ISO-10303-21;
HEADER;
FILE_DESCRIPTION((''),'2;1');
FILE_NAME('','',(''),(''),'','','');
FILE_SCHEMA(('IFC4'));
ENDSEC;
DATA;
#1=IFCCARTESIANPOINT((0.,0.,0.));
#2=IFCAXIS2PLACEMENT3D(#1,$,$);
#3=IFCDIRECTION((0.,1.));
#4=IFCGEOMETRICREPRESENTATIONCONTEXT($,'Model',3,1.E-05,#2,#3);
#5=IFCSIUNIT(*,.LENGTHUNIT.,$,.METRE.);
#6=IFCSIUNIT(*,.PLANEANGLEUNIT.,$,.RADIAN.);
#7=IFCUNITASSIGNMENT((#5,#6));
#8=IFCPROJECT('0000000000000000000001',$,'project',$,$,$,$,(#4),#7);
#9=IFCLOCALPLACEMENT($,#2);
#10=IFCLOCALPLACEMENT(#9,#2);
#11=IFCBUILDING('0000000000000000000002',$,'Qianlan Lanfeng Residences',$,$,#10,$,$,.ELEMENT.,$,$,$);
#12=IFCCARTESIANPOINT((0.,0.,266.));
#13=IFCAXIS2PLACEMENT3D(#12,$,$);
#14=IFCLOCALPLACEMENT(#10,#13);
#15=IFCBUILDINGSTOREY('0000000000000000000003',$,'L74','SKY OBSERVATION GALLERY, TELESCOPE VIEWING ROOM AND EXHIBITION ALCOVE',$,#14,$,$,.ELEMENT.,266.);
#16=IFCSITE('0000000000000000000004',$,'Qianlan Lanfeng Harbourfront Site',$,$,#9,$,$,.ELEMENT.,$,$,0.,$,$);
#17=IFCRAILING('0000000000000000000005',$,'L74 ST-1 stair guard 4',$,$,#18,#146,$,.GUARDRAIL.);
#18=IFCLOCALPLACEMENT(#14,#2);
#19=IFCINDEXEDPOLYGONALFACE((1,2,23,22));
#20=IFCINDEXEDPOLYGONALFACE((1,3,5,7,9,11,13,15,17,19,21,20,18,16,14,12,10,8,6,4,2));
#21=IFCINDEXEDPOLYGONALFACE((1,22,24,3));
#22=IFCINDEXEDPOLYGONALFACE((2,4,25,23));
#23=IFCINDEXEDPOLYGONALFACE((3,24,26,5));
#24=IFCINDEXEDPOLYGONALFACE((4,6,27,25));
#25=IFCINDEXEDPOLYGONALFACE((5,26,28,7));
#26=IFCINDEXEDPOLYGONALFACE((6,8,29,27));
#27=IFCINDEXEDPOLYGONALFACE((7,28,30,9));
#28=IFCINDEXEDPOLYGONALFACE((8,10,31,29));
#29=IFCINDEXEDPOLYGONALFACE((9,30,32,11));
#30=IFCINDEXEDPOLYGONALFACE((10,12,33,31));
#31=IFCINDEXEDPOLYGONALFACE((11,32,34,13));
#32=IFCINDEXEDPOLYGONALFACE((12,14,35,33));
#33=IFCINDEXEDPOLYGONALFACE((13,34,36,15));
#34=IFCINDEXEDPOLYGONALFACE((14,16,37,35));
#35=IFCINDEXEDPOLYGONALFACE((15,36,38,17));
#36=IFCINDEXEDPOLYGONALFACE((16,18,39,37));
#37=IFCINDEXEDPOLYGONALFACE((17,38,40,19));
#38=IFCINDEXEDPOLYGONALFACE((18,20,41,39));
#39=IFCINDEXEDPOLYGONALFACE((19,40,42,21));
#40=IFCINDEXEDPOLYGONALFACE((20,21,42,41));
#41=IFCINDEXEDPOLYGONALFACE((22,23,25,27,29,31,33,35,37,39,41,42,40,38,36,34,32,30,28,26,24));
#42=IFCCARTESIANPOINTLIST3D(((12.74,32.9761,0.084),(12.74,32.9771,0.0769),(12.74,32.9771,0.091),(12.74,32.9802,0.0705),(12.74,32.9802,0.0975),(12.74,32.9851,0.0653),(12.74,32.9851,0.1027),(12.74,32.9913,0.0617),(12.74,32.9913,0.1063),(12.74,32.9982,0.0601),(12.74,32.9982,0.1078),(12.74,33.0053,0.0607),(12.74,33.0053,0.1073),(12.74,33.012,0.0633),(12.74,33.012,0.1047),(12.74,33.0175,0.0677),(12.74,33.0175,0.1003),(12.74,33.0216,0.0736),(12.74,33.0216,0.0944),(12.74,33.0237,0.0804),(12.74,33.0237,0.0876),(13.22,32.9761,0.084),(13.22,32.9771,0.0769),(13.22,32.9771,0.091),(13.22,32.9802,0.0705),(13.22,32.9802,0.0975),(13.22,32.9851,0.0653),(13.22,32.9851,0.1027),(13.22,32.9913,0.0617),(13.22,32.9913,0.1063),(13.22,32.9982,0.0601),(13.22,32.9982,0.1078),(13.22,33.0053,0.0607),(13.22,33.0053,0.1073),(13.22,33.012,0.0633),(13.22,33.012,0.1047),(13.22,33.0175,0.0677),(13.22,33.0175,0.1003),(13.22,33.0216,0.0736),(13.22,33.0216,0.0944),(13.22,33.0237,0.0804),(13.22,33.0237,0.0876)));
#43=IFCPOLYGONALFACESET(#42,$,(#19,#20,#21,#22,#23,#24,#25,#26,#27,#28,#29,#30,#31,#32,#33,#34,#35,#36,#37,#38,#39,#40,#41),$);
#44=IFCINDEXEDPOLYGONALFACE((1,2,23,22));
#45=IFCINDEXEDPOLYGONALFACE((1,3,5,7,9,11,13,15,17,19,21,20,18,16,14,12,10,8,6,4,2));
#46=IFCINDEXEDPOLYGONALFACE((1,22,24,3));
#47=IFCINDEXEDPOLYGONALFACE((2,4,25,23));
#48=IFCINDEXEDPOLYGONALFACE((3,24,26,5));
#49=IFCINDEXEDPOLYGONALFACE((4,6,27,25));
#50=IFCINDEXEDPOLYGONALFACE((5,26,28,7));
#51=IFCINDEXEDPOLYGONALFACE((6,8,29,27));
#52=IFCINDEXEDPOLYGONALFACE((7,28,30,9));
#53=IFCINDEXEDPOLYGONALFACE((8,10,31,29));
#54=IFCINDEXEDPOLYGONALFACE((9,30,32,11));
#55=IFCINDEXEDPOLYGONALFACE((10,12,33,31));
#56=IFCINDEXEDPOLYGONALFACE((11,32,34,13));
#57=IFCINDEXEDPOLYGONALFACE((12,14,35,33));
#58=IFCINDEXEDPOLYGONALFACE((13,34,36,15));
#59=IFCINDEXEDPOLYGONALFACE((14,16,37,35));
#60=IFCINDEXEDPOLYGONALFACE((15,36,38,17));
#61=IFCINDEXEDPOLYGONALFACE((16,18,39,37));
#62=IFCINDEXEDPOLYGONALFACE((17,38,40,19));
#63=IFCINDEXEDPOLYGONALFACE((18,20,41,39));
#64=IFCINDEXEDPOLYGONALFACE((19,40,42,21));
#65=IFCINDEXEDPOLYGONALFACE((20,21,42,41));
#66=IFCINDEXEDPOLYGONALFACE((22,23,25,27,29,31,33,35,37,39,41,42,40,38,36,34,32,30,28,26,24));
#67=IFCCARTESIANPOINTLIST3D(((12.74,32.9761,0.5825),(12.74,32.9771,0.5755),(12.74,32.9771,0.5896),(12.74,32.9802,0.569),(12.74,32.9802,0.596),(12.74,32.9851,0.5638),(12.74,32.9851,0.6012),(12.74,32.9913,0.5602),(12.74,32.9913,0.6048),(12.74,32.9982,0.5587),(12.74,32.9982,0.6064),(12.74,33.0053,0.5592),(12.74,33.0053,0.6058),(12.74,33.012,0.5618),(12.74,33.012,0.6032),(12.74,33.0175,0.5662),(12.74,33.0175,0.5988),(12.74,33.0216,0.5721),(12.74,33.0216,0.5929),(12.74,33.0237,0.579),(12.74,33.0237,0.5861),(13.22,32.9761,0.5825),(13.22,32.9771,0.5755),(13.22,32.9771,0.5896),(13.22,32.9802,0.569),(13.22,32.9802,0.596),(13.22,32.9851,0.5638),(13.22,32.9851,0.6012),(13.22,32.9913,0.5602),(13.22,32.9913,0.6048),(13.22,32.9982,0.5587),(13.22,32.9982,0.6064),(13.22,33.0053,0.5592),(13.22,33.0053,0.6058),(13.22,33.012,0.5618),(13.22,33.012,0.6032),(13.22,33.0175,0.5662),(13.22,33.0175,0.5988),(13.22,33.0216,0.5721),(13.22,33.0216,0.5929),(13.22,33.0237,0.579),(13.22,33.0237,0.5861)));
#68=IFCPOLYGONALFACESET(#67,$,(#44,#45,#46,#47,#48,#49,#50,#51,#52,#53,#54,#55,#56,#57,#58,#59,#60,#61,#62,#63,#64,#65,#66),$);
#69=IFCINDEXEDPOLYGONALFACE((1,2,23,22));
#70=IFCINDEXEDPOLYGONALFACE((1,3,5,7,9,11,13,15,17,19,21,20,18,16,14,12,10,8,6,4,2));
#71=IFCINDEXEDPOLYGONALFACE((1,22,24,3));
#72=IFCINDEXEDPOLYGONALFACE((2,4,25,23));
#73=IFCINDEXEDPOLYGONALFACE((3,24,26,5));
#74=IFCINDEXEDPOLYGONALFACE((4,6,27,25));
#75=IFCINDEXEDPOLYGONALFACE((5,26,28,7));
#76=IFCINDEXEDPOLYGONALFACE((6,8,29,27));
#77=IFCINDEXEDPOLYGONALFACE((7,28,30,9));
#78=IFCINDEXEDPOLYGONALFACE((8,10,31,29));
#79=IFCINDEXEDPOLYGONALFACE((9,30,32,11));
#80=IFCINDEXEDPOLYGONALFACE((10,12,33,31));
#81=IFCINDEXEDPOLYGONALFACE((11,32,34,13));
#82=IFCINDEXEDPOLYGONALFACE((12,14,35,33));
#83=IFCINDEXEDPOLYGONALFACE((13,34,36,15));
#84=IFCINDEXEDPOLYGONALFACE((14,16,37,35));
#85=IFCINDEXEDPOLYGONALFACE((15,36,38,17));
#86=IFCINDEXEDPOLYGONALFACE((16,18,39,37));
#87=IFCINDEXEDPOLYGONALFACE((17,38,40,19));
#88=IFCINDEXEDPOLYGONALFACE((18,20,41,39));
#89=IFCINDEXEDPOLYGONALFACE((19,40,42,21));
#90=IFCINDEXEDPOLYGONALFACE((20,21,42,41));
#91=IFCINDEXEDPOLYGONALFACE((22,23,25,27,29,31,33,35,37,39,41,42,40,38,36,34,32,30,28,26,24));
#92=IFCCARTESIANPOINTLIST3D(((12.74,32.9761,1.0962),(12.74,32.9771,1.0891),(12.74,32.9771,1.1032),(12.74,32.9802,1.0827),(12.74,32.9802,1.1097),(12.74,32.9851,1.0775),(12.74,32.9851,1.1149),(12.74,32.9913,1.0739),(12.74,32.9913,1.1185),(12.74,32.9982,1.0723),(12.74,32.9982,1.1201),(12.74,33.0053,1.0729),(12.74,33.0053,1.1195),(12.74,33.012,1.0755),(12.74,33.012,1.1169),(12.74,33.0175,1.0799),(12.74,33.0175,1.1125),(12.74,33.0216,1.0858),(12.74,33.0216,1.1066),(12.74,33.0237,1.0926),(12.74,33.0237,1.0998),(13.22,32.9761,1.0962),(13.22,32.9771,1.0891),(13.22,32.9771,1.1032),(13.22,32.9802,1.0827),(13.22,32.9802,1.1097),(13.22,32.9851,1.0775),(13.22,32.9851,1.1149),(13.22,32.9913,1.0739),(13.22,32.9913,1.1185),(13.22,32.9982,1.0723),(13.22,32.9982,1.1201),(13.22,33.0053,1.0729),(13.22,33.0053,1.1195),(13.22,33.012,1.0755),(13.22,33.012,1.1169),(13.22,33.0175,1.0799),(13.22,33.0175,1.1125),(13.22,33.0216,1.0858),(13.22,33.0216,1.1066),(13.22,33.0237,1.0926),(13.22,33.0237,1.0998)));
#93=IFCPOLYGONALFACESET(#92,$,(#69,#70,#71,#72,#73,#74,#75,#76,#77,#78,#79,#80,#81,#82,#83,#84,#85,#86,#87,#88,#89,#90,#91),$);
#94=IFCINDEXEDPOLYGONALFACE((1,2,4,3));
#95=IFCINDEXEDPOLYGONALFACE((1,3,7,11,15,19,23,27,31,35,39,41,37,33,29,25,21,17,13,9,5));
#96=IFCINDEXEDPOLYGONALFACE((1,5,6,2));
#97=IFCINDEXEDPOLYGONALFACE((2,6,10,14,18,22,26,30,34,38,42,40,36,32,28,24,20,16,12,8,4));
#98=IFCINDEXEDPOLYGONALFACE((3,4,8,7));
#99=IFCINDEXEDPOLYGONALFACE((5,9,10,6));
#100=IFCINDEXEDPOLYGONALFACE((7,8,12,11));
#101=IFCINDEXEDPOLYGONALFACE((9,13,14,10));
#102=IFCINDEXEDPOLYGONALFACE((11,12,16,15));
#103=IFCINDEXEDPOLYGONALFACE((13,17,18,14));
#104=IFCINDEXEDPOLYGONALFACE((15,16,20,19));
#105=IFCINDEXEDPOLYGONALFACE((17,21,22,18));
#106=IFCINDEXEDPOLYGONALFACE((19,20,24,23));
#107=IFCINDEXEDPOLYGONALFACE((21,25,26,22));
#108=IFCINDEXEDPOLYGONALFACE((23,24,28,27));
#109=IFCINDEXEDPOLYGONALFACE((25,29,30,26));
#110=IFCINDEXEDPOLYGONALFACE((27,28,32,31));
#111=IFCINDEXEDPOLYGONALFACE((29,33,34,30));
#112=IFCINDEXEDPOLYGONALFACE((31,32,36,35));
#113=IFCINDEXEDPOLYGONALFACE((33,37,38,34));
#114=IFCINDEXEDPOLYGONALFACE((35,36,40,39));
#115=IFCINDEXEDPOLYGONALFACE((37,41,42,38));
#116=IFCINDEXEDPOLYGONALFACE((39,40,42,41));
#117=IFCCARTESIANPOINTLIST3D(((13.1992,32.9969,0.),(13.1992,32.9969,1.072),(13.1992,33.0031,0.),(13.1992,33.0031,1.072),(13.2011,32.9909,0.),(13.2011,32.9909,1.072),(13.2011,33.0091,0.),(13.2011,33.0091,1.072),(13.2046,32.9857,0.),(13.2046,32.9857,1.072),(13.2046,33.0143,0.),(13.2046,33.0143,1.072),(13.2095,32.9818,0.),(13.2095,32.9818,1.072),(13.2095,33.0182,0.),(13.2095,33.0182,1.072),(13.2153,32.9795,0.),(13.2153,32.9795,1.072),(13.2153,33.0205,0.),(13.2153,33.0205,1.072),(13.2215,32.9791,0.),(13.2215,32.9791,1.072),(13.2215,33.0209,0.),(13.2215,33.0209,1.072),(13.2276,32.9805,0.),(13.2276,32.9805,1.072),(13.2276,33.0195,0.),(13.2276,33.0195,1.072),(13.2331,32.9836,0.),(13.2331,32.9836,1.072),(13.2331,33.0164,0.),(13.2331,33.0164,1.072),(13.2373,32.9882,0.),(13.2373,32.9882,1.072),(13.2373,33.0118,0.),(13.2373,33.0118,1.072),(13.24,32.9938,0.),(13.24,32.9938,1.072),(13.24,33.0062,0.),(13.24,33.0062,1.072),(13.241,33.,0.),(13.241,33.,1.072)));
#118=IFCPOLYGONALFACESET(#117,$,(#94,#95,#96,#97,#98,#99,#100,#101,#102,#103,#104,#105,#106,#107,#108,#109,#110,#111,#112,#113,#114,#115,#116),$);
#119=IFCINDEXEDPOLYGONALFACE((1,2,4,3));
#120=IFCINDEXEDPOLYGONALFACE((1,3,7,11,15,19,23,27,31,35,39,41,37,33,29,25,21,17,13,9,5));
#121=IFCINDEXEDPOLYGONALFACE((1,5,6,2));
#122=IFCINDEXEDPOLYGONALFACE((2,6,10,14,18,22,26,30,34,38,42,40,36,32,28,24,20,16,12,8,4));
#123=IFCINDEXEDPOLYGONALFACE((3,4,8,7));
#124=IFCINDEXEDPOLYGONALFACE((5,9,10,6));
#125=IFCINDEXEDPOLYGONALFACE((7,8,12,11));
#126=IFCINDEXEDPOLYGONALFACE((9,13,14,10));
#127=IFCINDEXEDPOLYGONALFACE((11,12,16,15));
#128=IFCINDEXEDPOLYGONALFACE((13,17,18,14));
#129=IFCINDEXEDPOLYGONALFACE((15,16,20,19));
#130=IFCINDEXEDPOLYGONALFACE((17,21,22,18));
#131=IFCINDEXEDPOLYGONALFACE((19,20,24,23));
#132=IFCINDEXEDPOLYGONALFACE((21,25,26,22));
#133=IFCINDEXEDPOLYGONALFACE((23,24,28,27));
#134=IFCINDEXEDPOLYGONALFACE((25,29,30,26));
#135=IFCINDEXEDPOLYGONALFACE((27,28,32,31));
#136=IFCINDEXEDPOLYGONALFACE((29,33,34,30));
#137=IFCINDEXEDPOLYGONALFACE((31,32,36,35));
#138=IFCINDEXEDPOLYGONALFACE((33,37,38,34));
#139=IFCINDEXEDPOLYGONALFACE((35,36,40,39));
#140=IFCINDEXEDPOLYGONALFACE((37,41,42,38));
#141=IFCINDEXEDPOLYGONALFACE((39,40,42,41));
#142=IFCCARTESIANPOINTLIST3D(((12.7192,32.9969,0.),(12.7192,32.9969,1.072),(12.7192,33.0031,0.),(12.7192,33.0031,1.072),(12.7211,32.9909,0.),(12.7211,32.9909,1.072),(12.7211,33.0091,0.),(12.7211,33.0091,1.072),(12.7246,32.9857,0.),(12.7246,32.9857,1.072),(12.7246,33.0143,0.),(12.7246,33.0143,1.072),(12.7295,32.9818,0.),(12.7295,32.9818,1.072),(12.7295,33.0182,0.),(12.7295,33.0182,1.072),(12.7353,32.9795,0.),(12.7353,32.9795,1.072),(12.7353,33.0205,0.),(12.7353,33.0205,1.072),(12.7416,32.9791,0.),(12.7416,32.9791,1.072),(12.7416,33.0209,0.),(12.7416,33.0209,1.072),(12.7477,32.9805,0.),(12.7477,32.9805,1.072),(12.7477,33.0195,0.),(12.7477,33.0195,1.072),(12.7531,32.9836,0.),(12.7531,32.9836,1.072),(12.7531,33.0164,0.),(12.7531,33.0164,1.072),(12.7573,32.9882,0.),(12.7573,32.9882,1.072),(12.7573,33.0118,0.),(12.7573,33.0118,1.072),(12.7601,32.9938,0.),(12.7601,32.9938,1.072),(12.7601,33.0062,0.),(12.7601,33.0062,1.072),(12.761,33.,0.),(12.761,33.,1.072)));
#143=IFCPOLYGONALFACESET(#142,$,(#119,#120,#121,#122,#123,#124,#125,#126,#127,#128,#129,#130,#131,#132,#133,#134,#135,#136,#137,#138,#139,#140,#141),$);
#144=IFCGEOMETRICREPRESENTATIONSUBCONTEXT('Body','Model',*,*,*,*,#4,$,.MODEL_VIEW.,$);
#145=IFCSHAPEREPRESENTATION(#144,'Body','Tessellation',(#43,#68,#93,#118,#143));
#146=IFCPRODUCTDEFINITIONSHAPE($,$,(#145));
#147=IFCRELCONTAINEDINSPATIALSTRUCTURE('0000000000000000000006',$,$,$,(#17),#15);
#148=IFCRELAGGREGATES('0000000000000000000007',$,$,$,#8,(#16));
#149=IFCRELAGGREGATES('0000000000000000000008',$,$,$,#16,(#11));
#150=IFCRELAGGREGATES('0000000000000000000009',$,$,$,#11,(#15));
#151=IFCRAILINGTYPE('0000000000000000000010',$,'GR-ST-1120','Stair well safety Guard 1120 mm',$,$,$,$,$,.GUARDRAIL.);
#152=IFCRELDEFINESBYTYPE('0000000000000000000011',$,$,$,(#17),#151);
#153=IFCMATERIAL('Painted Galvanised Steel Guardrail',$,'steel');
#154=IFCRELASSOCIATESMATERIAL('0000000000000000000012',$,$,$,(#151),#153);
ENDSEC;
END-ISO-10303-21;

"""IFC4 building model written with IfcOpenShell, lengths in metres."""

from ifc_helpers import new_model, si_unit, direction, frame, origin, origin_2d, place, context, subcontext, project, spatial, circle, extrude, material, type_object, element, save


model = new_model("IFC4")

# Units and contexts
model_context = context("Model", 3, precision=1e-05, world=origin(), true_north=direction((0.0, 1.0)))
body_context = subcontext(model_context, "Body", "Model", "MODEL_VIEW")
ifc_project = project(units=[si_unit("LENGTHUNIT", "METRE"), si_unit("PLANEANGLEUNIT", "RADIAN")], contexts=[model_context])

# Site, building, storey
site_placement = place(None, origin())
site = spatial("IfcSite", under=ifc_project, at=site_placement, Name="Qianlan Lanfeng Harbourfront Site", CompositionType="ELEMENT", RefElevation=0.0)
building_placement = place(site_placement, origin())
building = spatial("IfcBuilding", under=site, at=building_placement, Name="Qianlan Lanfeng Residences", CompositionType="ELEMENT")
storey_placement = place(building_placement, frame((0.0, 0.0, 266.0)))
storey = spatial("IfcBuildingStorey", under=building, at=storey_placement, Name="L74", Description="SKY OBSERVATION GALLERY, TELESCOPE VIEWING ROOM AND EXHIBITION ALCOVE", CompositionType="ELEMENT", Elevation=266.0)

# Railing
ifc_material_1 = material(Name="Painted Galvanised Steel Guardrail", Category="steel")
railing_type_1 = type_object("IfcRailingType", Name="GR-ST-1120", Description="Stair well safety Guard 1120 mm", PredefinedType="GUARDRAIL", material=ifc_material_1)
railing_1_placement = place(storey_placement, frame((13.22, 33.0, 0.0)))
element("IfcRailing", 1, at=railing_1_placement, inside=storey, type_object=railing_type_1, Name="L74 ST-1 stair guard 4", PredefinedType="GUARDRAIL", context=body_context, shape_type="SweptSolid", body=[
    extrude(circle(Radius=0.0239, at=origin_2d()), frame((0.0, 0.0, 0.084), z_axis=(-1.0, 0.0, 0.0), x_axis=(0.0, -1.0, 0.0)), (0.0, 0.0, 1.0), 0.48),
    extrude(circle(Radius=0.0239, at=origin_2d()), frame((0.0, 0.0, 0.5825), z_axis=(-1.0, 0.0, 0.0), x_axis=(0.0, -1.0, 0.0)), (0.0, 0.0, 1.0), 0.48),
    extrude(circle(Radius=0.0239, at=origin_2d()), frame((0.0, 0.0, 1.0962), z_axis=(-1.0, 0.0, 0.0), x_axis=(0.0, -1.0, 0.0)), (0.0, 0.0, 1.0), 0.48),
    extrude(circle(Radius=0.021, at=origin_2d()), origin(), (0.0, 0.0, 1.0), 1.072),
    extrude(circle(Radius=0.021, at=origin_2d()), frame((-0.48, 0.0, 0.0)), (0.0, 0.0, 1.0), 1.072),
])

save(model, "model.ifc")
